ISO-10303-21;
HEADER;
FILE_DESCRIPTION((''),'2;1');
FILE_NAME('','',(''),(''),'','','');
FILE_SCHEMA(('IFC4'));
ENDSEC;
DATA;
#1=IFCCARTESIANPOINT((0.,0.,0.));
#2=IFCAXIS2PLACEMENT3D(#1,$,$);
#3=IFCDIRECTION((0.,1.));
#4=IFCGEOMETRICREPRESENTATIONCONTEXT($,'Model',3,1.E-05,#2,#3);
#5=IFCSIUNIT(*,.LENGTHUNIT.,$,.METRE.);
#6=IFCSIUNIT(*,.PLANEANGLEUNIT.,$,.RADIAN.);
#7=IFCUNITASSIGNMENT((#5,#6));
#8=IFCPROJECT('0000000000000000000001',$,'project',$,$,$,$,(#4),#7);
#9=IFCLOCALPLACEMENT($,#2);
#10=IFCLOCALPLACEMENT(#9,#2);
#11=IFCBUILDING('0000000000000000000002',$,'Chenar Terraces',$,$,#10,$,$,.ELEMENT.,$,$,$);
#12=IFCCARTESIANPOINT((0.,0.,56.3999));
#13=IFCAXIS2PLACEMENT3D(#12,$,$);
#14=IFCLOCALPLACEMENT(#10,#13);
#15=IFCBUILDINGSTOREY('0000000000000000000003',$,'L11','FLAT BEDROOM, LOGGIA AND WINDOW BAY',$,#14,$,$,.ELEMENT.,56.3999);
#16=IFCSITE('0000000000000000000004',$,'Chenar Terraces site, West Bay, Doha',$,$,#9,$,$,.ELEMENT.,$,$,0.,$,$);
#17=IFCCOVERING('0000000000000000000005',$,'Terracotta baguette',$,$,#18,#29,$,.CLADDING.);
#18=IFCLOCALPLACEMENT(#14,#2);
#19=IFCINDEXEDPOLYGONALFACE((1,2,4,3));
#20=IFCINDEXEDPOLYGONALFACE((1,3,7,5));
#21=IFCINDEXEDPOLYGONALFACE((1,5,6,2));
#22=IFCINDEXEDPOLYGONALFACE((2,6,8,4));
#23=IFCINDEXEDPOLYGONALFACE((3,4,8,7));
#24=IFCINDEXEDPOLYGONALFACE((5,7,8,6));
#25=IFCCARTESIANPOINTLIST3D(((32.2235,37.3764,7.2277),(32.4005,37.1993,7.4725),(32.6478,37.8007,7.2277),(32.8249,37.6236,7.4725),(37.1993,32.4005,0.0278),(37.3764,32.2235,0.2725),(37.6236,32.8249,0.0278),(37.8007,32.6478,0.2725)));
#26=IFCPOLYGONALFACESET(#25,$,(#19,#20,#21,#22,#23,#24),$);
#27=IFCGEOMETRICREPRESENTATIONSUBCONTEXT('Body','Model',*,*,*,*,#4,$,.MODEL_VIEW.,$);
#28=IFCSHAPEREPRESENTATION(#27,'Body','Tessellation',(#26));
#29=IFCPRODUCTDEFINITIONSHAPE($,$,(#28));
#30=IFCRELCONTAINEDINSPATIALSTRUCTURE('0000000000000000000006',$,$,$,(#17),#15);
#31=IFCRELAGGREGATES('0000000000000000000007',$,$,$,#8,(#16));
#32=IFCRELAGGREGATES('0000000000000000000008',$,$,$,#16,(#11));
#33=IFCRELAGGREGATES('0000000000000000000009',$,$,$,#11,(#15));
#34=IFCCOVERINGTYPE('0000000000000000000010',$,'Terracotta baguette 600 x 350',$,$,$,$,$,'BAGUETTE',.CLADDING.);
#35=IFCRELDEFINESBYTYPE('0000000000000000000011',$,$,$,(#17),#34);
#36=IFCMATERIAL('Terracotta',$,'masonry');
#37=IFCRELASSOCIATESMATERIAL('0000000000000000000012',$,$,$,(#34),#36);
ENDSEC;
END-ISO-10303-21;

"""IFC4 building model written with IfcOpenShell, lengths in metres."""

from ifc_helpers import new_model, si_unit, direction, frame, origin, origin_2d, place, context, subcontext, project, spatial, rectangle, extrude, material, material_profile, profile_set, type_object, element, save


model = new_model("IFC4")

# Units and contexts
model_context = context("Model", 3, precision=1e-05, world=origin(), true_north=direction((0.0, 1.0)))
body_context = subcontext(model_context, "Body", "Model", "MODEL_VIEW")
ifc_project = project(units=[si_unit("LENGTHUNIT", "METRE"), si_unit("PLANEANGLEUNIT", "RADIAN")], contexts=[model_context])

# Site, building, storey
site_placement = place(None, origin())
site = spatial("IfcSite", under=ifc_project, at=site_placement, Name="Chenar Terraces site, West Bay, Doha", CompositionType="ELEMENT", RefElevation=0.0)
building_placement = place(site_placement, origin())
building = spatial("IfcBuilding", under=site, at=building_placement, Name="Chenar Terraces", CompositionType="ELEMENT")
storey_placement = place(building_placement, frame((0.0, 0.0, 56.3999)))
storey = spatial("IfcBuildingStorey", under=building, at=storey_placement, Name="L11", Description="FLAT BEDROOM, LOGGIA AND WINDOW BAY", CompositionType="ELEMENT", Elevation=56.3999)

# Covering
ifc_material_1 = material(Name="Terracotta", Category="masonry")
ifc_material_profile_1 = material_profile(ifc_material_1, rectangle(XDim=0.6001, YDim=0.3501, at=origin_2d()), Name="Terracotta baguette 600 x 350")
ifc_profile_set_1 = profile_set([ifc_material_profile_1], Name="Terracotta")
covering_type = type_object("IfcCoveringType", Name="Terracotta baguette 600 x 350", ElementType="BAGUETTE", PredefinedType="CLADDING", material=ifc_profile_set_1)
covering_1_placement = place(storey_placement, frame((37.5, 32.5242, 0.1501), z_axis=(-0.494241, 0.494241, 0.715159), x_axis=(-0.707107, -0.707107, 0.0)))
element("IfcCovering", 1, at=covering_1_placement, inside=storey, type_object=covering_type, Name="Terracotta baguette", PredefinedType="CLADDING", context=body_context, shape_type="SweptSolid", body=[
    extrude(rectangle(XDim=0.6001, YDim=0.3501, at=origin_2d()), origin(), (0.0, 0.0, 1.0), 10.0676),
])

save(model, "model.ifc")
